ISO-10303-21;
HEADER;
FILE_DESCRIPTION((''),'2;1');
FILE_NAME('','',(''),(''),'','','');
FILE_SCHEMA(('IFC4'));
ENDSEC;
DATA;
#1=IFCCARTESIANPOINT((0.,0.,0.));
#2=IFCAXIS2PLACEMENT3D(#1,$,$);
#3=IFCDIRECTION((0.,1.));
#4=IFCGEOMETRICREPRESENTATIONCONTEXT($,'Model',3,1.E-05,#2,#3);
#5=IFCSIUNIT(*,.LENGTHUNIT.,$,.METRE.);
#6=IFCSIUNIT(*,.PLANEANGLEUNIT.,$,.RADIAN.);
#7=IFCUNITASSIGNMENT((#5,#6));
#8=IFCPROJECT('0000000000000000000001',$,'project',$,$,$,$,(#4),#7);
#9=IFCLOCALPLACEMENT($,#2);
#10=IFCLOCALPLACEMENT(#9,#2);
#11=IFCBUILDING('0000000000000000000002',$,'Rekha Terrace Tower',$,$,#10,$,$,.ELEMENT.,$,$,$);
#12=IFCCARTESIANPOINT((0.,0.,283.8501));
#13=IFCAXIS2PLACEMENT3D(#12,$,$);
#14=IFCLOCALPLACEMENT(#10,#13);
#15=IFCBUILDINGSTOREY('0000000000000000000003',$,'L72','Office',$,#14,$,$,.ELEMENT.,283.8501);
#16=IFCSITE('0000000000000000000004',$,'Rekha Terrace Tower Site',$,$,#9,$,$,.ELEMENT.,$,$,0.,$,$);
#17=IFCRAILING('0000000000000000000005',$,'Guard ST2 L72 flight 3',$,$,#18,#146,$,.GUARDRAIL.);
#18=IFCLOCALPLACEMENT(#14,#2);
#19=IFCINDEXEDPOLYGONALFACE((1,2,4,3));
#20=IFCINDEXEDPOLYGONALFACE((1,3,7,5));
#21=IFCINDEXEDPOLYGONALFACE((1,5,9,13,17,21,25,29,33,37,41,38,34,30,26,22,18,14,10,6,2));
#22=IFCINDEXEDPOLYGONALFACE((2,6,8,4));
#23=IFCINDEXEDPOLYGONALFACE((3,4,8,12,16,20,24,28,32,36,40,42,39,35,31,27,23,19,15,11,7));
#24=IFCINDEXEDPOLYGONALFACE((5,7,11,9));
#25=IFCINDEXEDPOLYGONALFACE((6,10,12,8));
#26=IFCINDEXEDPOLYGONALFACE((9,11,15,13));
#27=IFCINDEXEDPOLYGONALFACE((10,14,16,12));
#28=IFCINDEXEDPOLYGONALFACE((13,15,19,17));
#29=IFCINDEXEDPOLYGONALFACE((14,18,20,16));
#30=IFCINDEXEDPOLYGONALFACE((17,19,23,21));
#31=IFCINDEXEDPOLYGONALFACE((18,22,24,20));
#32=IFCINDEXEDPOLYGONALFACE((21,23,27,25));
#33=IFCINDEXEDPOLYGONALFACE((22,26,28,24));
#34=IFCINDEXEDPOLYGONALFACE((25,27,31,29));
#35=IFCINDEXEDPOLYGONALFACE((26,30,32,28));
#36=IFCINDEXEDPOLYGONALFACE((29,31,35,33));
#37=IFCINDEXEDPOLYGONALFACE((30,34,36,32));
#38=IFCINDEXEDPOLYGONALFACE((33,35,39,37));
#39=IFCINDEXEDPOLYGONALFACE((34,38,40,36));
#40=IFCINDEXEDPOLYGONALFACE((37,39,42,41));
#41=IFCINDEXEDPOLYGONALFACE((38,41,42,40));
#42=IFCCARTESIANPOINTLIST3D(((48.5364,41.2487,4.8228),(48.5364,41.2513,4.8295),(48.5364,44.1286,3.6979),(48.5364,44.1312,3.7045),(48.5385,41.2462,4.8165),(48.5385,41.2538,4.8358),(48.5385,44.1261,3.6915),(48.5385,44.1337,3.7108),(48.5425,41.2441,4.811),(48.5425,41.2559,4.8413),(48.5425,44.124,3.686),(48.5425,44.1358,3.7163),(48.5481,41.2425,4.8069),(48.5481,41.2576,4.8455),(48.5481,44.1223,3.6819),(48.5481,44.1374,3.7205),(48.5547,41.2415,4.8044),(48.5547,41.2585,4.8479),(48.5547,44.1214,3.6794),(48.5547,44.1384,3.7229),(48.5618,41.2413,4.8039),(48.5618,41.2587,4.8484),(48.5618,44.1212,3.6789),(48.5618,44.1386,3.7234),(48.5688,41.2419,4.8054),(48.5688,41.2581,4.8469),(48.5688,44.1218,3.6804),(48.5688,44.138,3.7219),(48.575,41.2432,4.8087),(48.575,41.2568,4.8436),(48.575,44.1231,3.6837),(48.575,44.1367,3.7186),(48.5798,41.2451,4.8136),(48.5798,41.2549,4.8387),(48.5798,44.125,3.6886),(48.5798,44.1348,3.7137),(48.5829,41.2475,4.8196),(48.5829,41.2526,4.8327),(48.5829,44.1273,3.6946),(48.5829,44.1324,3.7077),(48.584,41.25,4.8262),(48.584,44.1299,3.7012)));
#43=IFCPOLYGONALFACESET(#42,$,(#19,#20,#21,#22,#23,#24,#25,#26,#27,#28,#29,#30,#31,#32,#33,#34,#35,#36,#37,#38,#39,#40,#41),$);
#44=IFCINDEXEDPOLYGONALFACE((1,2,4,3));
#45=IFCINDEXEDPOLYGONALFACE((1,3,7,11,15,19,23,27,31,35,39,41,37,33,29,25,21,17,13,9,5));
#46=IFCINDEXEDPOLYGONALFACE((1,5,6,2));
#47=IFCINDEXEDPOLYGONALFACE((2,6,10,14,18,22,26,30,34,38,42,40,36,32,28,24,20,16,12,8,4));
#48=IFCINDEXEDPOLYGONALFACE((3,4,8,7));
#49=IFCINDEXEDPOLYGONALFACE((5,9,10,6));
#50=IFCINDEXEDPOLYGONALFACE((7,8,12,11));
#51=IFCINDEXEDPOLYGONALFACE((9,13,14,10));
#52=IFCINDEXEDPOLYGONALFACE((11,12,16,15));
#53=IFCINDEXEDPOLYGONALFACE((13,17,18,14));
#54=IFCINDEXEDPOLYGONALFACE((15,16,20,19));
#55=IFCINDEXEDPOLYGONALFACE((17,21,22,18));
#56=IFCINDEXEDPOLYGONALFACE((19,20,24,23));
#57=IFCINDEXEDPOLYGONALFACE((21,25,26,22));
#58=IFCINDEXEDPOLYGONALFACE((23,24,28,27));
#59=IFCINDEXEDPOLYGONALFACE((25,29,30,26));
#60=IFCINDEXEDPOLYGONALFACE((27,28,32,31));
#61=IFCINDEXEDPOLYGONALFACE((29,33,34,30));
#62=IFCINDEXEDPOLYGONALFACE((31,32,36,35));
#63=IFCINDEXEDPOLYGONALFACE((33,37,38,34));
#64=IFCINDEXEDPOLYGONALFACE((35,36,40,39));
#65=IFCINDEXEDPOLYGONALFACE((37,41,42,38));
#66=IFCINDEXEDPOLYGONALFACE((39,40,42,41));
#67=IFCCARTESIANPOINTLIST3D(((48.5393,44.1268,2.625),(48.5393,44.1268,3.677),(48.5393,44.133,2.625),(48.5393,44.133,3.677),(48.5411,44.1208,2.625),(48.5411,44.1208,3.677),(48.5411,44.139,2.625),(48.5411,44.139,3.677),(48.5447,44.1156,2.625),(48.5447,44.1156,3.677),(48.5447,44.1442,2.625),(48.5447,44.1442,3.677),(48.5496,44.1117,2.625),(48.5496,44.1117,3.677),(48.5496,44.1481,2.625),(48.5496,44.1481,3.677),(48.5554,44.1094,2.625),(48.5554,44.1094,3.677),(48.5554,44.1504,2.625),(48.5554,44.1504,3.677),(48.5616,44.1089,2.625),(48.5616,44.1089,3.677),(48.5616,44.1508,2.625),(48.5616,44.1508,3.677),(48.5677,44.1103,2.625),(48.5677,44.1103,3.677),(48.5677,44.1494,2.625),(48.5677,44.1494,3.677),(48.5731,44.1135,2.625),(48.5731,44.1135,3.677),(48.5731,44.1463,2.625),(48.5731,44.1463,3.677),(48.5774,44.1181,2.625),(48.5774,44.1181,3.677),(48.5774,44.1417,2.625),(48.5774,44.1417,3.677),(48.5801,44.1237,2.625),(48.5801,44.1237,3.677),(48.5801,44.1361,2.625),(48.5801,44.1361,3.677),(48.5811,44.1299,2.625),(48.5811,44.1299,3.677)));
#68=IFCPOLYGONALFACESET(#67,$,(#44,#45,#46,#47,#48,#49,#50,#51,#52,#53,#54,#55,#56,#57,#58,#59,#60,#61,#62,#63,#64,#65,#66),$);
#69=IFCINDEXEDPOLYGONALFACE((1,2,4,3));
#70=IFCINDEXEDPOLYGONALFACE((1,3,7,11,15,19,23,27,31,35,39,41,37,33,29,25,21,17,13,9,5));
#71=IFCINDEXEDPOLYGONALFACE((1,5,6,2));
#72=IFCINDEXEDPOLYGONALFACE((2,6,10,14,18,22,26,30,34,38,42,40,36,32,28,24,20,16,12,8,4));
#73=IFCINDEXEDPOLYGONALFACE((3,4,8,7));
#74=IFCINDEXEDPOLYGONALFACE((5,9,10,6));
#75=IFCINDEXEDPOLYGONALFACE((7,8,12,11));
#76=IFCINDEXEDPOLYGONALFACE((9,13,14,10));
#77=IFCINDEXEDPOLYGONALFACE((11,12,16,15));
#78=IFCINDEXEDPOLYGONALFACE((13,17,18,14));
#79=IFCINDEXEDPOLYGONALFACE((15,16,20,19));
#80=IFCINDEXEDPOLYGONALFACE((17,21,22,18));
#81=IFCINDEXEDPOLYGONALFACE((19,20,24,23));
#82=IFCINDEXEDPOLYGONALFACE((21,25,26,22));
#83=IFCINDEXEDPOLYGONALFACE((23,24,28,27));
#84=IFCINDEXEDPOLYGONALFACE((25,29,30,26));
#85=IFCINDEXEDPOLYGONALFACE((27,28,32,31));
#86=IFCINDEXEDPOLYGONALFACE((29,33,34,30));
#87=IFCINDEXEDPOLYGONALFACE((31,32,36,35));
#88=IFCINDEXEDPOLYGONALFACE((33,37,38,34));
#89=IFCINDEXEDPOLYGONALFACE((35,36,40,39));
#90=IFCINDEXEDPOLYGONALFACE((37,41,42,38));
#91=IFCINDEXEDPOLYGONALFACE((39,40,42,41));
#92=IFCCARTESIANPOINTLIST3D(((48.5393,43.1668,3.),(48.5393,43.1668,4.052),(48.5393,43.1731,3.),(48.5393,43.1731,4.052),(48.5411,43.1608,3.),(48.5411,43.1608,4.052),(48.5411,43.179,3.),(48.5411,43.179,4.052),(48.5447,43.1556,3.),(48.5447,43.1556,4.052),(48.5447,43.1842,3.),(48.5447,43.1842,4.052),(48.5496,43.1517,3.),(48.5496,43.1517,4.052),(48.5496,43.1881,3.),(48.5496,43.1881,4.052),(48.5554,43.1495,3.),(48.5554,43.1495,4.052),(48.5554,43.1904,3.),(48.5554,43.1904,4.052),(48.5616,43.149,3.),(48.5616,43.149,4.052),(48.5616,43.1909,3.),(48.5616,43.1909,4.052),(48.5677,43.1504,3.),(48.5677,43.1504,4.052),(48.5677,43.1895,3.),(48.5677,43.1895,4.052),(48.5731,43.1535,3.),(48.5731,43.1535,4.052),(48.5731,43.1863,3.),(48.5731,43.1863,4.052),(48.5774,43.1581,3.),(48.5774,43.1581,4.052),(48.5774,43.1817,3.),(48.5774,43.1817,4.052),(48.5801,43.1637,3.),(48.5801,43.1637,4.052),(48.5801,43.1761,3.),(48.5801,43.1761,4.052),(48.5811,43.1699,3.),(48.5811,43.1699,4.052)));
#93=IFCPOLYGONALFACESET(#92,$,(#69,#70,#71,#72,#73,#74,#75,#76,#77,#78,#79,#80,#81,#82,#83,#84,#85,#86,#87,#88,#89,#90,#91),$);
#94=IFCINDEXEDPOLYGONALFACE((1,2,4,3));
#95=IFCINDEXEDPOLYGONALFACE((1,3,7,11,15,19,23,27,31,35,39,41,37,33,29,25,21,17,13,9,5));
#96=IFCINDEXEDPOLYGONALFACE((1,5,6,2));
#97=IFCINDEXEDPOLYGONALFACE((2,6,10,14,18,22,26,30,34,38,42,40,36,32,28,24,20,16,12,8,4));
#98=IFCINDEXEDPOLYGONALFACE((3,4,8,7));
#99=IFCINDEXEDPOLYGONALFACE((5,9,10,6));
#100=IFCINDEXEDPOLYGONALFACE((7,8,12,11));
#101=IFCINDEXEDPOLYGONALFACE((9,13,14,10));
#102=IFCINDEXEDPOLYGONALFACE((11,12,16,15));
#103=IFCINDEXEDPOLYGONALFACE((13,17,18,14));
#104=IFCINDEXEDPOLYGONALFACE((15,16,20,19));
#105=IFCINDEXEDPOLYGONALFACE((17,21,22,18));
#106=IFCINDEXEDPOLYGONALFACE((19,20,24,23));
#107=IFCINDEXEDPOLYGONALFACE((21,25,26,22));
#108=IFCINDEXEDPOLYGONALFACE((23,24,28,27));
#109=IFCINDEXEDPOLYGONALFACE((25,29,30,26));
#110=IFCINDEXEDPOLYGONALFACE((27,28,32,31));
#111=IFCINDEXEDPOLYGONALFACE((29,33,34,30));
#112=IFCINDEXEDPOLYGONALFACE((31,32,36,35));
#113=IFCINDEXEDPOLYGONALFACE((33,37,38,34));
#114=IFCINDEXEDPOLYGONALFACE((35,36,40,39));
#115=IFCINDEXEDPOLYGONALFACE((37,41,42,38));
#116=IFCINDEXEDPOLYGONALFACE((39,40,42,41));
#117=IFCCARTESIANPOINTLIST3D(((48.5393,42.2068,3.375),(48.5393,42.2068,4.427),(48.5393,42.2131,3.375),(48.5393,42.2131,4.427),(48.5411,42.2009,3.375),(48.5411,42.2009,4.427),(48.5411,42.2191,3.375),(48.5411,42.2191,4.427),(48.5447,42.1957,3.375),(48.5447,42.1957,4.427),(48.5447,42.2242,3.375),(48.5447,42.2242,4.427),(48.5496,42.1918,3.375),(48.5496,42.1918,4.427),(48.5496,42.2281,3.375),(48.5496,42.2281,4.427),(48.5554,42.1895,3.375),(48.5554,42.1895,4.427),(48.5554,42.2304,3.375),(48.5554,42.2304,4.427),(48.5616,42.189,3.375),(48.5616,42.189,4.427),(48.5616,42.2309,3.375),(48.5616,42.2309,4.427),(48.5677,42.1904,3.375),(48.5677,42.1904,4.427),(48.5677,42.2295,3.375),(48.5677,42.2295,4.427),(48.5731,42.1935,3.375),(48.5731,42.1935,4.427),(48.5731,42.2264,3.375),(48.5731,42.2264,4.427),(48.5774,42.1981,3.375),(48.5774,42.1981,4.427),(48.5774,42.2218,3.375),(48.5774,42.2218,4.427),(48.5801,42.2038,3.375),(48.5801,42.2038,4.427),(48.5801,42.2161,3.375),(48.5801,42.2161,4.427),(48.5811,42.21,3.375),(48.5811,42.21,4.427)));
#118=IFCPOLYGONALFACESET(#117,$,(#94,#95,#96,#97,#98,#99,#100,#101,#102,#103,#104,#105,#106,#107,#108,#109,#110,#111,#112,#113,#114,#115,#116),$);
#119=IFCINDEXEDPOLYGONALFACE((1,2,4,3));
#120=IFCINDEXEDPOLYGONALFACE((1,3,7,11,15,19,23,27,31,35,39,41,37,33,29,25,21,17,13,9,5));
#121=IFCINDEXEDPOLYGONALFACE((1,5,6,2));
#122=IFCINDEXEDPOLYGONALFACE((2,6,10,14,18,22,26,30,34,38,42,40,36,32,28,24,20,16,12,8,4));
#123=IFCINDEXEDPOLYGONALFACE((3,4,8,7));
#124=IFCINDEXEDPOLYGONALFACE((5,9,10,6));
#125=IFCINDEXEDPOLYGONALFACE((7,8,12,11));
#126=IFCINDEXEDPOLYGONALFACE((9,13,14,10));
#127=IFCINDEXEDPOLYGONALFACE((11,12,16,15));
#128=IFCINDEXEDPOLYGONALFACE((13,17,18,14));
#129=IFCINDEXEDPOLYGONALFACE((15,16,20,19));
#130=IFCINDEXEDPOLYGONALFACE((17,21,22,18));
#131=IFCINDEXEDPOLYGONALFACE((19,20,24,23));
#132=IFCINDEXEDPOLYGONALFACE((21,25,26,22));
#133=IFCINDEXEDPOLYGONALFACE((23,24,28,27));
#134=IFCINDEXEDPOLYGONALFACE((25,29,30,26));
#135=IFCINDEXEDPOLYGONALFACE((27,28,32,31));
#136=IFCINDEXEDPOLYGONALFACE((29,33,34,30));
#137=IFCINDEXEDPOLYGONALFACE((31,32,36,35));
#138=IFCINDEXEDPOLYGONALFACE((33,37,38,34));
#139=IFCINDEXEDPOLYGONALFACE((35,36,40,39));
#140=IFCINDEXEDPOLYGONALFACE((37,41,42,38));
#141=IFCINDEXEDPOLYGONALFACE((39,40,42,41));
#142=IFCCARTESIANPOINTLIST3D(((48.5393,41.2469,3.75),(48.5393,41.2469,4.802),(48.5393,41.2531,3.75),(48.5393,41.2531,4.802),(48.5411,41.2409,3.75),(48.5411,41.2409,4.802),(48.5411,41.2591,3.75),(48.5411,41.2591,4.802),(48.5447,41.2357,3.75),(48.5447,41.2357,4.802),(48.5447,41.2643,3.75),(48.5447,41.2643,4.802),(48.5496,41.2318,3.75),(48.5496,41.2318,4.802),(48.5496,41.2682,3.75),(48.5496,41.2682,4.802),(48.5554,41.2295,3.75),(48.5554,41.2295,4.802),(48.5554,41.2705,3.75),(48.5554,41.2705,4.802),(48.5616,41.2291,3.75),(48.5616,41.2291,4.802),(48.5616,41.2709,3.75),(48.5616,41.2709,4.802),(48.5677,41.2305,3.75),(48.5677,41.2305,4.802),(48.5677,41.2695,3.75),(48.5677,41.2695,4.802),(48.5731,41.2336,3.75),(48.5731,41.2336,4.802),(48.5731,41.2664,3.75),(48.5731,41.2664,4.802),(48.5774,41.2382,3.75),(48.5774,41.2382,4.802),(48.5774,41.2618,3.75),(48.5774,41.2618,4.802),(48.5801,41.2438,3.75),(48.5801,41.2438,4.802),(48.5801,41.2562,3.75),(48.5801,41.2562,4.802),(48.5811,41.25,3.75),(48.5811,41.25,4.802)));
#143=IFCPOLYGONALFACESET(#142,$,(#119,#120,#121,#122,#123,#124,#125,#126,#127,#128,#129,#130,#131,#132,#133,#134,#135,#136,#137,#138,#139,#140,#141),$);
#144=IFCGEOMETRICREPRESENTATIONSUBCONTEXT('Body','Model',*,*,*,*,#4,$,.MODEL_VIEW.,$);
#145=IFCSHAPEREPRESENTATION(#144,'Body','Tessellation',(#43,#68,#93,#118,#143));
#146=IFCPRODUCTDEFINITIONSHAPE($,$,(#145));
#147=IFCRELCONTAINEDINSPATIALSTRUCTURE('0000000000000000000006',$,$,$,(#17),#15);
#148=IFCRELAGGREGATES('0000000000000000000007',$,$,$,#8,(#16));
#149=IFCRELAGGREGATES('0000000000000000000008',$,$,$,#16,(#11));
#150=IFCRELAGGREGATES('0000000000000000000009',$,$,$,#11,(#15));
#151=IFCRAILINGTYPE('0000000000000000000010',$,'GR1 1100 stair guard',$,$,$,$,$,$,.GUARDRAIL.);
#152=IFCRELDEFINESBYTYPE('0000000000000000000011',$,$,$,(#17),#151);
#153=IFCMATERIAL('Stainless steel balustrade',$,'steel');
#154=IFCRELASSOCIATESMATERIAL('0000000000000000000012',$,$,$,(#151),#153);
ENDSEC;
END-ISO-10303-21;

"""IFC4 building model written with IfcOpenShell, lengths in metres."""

from ifc_helpers import new_model, si_unit, direction, frame, origin, origin_2d, place, context, subcontext, project, spatial, circle, extrude, material, type_object, element, save


model = new_model("IFC4")

# Units and contexts
model_context = context("Model", 3, precision=1e-05, world=origin(), true_north=direction((0.0, 1.0)))
body_context = subcontext(model_context, "Body", "Model", "MODEL_VIEW")
ifc_project = project(units=[si_unit("LENGTHUNIT", "METRE"), si_unit("PLANEANGLEUNIT", "RADIAN")], contexts=[model_context])

# Site, building, storey
site_placement = place(None, origin())
site = spatial("IfcSite", under=ifc_project, at=site_placement, Name="Rekha Terrace Tower Site", CompositionType="ELEMENT", RefElevation=0.0)
building_placement = place(site_placement, origin())
building = spatial("IfcBuilding", under=site, at=building_placement, Name="Rekha Terrace Tower", CompositionType="ELEMENT")
storey_placement = place(building_placement, frame((0.0, 0.0, 283.8501)))
storey = spatial("IfcBuildingStorey", under=building, at=storey_placement, Name="L72", Description="Office", CompositionType="ELEMENT", Elevation=283.8501)

# Railing
ifc_material_1 = material(Name="Stainless steel balustrade", Category="steel")
railing_type_1 = type_object("IfcRailingType", Name="GR1 1100 stair guard", PredefinedType="GUARDRAIL", material=ifc_material_1)
railing_1_placement = place(storey_placement, frame((48.5601, 44.1299, 2.625)))
element("IfcRailing", 1, at=railing_1_placement, inside=storey, type_object=railing_type_1, Name="Guard ST2 L72 flight 3", PredefinedType="GUARDRAIL", context=body_context, shape_type="SweptSolid", body=[
    extrude(circle(Radius=0.0239, at=origin_2d()), frame((0.0, 0.0, 1.0762), z_axis=(0.0, -0.931452, 0.363863), x_axis=(1.0, 0.0, 0.0)), (0.0, 0.0, 1.0), 3.0918),
    extrude(circle(Radius=0.021, at=origin_2d()), origin(), (0.0, 0.0, 1.0), 1.052),
    extrude(circle(Radius=0.021, at=origin_2d()), frame((0.0, -0.96, 0.375)), (0.0, 0.0, 1.0), 1.052),
    extrude(circle(Radius=0.021, at=origin_2d()), frame((0.0, -1.9199, 0.75)), (0.0, 0.0, 1.0), 1.052),
    extrude(circle(Radius=0.021, at=origin_2d()), frame((0.0, -2.8799, 1.125)), (0.0, 0.0, 1.0), 1.052),
])

save(model, "model.ifc")
